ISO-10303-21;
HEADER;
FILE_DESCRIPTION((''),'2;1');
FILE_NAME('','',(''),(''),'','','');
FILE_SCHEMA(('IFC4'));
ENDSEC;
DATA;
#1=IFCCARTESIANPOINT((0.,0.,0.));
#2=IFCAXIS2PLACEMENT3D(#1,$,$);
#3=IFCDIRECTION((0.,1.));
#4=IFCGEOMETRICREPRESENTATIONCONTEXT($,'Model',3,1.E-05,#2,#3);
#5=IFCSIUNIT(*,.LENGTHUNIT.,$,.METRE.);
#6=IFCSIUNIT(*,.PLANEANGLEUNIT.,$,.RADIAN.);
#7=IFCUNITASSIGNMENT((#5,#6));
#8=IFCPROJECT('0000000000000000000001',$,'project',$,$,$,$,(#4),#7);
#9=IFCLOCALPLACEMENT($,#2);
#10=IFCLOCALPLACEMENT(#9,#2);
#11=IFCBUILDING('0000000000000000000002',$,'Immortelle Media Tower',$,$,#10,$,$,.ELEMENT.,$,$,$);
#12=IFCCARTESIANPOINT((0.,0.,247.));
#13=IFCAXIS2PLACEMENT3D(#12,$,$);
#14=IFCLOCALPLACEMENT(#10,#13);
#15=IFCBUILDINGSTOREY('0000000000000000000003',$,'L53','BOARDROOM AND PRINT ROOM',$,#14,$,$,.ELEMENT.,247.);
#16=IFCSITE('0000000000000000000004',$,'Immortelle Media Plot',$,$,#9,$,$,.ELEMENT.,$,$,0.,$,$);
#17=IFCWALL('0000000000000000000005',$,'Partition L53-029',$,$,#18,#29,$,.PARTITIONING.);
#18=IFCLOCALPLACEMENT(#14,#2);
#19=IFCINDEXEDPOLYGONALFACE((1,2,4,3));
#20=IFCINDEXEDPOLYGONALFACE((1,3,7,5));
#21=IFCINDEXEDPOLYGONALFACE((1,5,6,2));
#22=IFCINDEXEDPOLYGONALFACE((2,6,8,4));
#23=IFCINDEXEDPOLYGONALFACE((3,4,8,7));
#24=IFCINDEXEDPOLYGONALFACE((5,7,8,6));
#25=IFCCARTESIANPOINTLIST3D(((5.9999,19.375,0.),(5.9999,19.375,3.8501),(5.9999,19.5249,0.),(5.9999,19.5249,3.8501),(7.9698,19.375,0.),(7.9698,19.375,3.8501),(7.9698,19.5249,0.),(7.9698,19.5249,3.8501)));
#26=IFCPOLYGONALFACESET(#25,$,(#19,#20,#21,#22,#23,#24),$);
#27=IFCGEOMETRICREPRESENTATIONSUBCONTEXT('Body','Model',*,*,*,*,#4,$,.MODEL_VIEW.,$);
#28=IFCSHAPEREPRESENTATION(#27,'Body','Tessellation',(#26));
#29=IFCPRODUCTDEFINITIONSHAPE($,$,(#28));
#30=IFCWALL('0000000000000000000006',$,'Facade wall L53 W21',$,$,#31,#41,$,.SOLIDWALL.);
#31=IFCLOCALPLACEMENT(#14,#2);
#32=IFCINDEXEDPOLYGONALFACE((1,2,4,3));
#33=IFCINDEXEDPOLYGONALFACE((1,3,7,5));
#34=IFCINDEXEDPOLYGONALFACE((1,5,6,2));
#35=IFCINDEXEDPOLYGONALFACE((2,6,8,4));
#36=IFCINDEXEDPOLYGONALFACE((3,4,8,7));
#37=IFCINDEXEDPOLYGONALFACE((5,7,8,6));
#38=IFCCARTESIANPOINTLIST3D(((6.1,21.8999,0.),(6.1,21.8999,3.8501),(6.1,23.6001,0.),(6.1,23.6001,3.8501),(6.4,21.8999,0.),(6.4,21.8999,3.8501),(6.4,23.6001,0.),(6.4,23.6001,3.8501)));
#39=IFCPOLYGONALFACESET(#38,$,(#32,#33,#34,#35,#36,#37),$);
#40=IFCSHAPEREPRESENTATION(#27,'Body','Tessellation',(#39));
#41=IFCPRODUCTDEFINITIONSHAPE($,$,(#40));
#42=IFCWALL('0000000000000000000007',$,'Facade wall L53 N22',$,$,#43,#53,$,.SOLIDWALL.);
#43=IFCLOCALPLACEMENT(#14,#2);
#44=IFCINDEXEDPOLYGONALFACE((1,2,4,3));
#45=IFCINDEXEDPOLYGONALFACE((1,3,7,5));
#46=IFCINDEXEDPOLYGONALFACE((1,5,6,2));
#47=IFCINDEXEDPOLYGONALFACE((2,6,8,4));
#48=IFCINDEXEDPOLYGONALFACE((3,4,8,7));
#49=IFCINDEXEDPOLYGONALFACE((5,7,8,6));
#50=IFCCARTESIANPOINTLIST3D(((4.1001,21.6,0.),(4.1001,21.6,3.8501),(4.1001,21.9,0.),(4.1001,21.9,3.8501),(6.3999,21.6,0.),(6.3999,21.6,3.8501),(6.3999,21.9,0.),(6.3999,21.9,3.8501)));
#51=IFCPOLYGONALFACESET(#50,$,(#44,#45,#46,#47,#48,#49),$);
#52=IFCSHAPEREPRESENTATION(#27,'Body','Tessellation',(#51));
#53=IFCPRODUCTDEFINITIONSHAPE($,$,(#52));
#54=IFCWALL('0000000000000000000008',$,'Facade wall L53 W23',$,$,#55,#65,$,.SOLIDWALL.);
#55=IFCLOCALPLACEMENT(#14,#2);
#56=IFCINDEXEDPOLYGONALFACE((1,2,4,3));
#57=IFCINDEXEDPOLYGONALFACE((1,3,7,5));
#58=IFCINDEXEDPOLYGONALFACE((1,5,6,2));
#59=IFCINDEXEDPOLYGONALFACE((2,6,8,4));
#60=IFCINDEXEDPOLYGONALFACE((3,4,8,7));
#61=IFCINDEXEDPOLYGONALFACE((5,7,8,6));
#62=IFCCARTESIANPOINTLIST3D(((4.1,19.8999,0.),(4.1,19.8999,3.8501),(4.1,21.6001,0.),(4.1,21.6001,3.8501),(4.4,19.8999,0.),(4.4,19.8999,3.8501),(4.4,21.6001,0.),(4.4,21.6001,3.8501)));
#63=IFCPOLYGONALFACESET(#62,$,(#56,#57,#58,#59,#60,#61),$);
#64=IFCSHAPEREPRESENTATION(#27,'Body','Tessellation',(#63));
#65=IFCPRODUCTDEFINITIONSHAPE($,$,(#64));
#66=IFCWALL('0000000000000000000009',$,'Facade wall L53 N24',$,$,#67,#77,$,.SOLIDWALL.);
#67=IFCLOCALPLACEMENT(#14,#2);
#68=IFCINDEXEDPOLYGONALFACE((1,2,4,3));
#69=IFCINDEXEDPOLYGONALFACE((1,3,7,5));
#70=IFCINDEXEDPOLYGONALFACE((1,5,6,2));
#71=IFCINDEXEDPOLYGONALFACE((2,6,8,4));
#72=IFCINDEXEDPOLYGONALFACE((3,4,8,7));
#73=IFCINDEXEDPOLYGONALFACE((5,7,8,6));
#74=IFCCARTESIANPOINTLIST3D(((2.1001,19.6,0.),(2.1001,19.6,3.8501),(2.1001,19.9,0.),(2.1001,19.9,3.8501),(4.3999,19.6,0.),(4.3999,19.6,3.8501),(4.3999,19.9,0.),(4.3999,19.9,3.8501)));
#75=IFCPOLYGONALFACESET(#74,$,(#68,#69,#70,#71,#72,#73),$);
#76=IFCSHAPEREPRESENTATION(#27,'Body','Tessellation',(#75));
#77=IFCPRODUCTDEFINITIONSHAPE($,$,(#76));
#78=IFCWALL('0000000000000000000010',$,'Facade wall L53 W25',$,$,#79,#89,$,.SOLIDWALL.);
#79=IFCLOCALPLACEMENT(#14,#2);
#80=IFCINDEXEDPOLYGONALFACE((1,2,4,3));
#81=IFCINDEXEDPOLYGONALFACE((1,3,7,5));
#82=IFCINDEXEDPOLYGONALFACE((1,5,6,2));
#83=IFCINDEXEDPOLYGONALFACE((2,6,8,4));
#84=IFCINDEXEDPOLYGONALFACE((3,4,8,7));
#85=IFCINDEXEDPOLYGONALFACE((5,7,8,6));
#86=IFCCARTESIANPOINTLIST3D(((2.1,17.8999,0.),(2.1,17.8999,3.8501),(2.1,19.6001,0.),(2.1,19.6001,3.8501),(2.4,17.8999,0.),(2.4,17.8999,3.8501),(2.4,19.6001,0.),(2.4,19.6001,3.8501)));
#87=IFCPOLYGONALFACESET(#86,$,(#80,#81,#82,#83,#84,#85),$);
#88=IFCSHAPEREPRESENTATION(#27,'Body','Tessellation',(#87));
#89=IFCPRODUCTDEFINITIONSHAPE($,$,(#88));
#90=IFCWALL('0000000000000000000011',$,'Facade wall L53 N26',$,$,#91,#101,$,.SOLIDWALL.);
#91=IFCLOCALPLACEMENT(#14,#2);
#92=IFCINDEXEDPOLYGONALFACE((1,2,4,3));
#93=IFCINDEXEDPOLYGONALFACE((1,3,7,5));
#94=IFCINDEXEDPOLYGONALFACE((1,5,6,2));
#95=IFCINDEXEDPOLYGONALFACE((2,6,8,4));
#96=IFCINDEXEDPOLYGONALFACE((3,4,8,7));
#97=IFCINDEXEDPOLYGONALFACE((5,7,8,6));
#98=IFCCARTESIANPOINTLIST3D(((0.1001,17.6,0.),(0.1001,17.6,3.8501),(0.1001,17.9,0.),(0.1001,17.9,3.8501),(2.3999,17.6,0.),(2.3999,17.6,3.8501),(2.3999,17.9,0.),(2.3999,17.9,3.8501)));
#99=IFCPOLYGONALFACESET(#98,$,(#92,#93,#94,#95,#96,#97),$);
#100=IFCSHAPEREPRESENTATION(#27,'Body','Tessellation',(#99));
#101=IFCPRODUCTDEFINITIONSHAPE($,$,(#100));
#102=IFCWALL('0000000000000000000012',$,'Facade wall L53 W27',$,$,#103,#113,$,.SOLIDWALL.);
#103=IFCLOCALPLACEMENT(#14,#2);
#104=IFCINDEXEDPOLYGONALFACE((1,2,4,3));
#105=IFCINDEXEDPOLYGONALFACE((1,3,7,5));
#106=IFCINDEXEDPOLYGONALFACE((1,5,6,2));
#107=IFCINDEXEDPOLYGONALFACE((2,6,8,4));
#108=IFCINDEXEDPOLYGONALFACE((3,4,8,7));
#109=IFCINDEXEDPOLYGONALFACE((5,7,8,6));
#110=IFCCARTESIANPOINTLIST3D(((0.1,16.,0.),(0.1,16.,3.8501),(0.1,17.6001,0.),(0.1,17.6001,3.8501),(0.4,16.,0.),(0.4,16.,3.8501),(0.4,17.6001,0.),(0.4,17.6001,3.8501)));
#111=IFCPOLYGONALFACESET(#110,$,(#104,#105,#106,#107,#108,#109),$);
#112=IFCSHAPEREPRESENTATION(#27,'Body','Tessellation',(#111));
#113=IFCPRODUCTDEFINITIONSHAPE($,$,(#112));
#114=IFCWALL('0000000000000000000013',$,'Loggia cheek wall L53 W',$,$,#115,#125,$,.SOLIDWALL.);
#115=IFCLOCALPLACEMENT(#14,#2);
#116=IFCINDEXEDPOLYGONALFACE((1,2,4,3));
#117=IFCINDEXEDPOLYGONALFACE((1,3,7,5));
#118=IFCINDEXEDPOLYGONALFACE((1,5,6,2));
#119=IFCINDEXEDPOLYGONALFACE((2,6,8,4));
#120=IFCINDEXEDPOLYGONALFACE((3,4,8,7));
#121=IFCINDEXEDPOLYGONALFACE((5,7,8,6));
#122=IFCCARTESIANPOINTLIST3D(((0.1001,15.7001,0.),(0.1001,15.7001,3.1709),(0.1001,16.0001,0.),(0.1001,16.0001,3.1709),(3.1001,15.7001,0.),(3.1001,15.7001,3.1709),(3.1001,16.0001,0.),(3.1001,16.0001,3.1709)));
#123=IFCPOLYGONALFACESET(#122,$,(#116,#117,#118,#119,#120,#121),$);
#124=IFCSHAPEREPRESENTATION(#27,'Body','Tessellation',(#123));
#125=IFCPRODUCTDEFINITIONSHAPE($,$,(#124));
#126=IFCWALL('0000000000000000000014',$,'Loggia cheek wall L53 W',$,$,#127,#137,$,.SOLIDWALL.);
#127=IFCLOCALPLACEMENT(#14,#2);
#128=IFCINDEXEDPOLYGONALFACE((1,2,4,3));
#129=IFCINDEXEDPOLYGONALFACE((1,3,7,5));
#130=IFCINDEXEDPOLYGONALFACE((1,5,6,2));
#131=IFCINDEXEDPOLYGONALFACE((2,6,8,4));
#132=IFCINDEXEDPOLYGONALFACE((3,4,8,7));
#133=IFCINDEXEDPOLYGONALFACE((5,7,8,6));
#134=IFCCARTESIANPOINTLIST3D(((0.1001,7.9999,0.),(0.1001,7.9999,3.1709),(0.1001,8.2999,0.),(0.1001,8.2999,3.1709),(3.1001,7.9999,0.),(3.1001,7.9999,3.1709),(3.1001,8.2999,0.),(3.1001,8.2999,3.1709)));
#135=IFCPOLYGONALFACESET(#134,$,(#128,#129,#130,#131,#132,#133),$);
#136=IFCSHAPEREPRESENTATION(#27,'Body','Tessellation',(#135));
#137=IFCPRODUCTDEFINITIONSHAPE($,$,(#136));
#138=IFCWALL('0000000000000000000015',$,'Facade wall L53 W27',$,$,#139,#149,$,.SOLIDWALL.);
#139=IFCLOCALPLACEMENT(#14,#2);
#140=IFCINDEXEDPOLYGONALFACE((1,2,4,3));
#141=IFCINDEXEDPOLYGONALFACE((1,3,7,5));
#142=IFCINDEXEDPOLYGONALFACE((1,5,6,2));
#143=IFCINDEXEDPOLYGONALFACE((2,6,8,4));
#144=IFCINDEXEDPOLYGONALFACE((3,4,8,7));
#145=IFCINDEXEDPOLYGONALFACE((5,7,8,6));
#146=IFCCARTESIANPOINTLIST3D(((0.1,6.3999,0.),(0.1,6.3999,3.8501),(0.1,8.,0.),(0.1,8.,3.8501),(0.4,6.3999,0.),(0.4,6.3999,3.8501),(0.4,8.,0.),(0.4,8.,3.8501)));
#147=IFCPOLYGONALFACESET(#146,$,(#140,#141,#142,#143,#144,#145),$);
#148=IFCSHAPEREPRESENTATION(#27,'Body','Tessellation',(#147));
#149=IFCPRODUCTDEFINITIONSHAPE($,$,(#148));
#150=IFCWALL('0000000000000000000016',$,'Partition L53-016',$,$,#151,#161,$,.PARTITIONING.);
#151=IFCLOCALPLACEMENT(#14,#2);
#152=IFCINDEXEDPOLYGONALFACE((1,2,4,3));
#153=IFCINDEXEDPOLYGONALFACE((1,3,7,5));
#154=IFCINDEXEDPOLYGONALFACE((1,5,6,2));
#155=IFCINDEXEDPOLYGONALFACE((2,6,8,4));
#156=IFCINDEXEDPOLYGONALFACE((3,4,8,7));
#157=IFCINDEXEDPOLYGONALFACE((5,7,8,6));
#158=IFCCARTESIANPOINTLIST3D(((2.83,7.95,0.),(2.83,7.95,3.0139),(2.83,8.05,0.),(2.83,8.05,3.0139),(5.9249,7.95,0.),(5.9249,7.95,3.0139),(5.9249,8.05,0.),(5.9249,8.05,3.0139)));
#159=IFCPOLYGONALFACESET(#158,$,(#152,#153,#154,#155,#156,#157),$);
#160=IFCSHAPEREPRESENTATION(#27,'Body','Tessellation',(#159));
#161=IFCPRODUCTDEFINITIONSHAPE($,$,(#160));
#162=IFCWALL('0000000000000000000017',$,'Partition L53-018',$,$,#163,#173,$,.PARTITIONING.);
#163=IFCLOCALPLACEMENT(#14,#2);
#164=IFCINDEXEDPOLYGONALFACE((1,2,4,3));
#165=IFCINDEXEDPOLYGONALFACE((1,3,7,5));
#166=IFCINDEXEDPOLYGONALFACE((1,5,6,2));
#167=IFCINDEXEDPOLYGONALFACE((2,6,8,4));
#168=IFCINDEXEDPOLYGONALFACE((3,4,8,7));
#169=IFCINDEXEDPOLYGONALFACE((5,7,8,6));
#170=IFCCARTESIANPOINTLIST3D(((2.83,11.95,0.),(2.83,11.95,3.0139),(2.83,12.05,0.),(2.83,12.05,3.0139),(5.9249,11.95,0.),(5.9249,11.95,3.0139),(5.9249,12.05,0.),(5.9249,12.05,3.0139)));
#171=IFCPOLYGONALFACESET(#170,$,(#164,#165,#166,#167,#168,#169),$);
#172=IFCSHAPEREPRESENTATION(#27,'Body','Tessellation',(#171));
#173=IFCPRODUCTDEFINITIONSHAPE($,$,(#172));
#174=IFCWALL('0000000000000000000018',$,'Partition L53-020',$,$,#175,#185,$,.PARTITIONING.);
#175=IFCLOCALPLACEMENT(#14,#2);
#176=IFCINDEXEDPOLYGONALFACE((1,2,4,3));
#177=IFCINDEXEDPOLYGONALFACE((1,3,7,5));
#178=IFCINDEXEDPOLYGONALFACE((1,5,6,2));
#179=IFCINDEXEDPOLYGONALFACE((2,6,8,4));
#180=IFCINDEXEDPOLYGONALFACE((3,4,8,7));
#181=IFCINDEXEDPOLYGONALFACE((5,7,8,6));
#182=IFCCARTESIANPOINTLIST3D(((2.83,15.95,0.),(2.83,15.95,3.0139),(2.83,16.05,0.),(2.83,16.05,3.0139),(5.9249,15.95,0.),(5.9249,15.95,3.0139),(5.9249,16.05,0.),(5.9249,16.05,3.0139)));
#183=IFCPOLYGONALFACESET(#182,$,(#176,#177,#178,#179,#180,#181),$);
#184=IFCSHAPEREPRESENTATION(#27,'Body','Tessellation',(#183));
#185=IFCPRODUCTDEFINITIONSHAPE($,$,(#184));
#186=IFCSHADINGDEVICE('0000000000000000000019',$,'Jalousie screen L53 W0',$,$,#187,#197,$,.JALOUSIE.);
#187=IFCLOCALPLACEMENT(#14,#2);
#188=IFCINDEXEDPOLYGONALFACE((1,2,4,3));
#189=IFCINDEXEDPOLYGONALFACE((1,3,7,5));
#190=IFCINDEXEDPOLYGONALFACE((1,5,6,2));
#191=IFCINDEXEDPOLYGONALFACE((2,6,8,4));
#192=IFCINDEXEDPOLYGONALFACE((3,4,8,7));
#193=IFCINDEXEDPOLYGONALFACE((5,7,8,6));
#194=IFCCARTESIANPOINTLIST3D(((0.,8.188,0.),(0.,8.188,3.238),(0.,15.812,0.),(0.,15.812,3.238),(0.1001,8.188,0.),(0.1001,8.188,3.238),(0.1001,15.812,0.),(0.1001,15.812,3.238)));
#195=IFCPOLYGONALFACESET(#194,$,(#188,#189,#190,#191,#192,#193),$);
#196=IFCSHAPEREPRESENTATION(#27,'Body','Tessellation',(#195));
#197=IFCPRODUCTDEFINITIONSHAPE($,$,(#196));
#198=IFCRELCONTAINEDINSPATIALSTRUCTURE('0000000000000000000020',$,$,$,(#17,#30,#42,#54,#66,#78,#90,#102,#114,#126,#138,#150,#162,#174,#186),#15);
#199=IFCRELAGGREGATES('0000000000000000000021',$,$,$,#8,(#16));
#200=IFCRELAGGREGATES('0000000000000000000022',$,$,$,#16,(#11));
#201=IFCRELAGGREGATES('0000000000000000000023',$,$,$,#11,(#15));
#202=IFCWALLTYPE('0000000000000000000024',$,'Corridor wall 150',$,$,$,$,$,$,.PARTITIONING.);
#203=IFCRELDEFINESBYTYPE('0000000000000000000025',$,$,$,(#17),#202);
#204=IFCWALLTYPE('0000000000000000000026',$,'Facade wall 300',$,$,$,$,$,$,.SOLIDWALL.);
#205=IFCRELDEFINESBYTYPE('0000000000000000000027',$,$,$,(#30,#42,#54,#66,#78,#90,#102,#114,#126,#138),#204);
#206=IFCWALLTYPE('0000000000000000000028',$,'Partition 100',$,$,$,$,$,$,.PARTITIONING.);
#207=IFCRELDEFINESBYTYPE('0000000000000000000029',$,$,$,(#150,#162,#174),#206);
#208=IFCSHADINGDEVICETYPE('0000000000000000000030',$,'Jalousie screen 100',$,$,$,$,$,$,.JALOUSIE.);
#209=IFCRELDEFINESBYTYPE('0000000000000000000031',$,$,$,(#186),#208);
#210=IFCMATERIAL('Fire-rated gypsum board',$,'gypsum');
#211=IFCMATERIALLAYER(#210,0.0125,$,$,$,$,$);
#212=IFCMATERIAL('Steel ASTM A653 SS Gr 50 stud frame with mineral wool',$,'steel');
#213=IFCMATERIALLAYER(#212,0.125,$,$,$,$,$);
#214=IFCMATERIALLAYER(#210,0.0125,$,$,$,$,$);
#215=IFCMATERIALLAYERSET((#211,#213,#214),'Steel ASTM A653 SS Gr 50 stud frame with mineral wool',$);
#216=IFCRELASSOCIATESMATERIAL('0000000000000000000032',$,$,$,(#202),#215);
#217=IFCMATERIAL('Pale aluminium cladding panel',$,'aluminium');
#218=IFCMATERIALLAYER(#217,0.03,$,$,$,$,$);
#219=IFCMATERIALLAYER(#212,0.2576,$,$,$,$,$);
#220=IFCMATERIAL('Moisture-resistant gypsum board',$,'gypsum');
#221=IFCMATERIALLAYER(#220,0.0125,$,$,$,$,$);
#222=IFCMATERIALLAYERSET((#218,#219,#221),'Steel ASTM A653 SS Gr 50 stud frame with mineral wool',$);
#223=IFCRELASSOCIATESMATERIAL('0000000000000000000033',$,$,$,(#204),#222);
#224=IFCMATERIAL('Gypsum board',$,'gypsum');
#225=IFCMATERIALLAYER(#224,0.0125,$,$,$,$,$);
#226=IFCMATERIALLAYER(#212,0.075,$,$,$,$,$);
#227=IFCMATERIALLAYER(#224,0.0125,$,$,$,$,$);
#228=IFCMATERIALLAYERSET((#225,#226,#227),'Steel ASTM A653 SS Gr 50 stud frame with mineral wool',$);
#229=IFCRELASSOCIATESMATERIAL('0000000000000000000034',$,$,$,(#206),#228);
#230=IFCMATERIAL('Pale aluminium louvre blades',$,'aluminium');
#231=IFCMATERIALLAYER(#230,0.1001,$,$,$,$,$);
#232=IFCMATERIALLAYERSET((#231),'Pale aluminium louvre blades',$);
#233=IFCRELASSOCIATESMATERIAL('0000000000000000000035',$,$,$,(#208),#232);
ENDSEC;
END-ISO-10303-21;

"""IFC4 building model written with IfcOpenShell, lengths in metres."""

from ifc_helpers import new_model, si_unit, direction, frame, frame_2d, origin, origin_2d, place, context, subcontext, project, spatial, rectangle, extrude, material, layer, layer_set, type_object, element, save


model = new_model("IFC4")

# Units and contexts
model_context = context("Model", 3, precision=1e-05, world=origin(), true_north=direction((0.0, 1.0)))
body_context = subcontext(model_context, "Body", "Model", "MODEL_VIEW")
ifc_project = project(units=[si_unit("LENGTHUNIT", "METRE"), si_unit("PLANEANGLEUNIT", "RADIAN")], contexts=[model_context])

# Site, building, storey
site_placement = place(None, origin())
site = spatial("IfcSite", under=ifc_project, at=site_placement, Name="Immortelle Media Plot", CompositionType="ELEMENT", RefElevation=0.0)
building_placement = place(site_placement, origin())
building = spatial("IfcBuilding", under=site, at=building_placement, Name="Immortelle Media Tower", CompositionType="ELEMENT")
storey_placement = place(building_placement, frame((0.0, 0.0, 247.0)))
storey = spatial("IfcBuildingStorey", under=building, at=storey_placement, Name="L53", Description="BOARDROOM AND PRINT ROOM", CompositionType="ELEMENT", Elevation=247.0)

# Walls
ifc_material_1 = material(Name="Fire-rated gypsum board", Category="gypsum")
ifc_layer_1 = layer(ifc_material_1, 0.0125)
ifc_material_2 = material(Name="Steel ASTM A653 SS Gr 50 stud frame with mineral wool", Category="steel")
ifc_layer_2 = layer(ifc_material_2, 0.125)
ifc_layer_3 = layer(ifc_material_1, 0.0125)
ifc_layer_set_1 = layer_set([ifc_layer_1, ifc_layer_2, ifc_layer_3], Name="Steel ASTM A653 SS Gr 50 stud frame with mineral wool")
wall_type_1 = type_object("IfcWallType", Name="Corridor wall 150", PredefinedType="PARTITIONING", material=ifc_layer_set_1)
wall_1_placement = place(storey_placement, frame((6.0, 19.45, 0.0), z_axis=(0.0, 0.0, 1.0), x_axis=(1.0, 0.0, 0.0)))
element("IfcWall", 1, at=wall_1_placement, inside=storey, type_object=wall_type_1, Name="Partition L53-029", PredefinedType="PARTITIONING", context=body_context, shape_type="SweptSolid", body=[
    extrude(rectangle(XDim=1.97, YDim=0.1499, at=frame_2d((0.9849, 0.0))), origin(), (0.0, 0.0, 1.0), 3.8501),
])
ifc_material_3 = material(Name="Pale aluminium cladding panel", Category="aluminium")
ifc_layer_4 = layer(ifc_material_3, 0.03)
ifc_layer_5 = layer(ifc_material_2, 0.2576)
ifc_material_4 = material(Name="Moisture-resistant gypsum board", Category="gypsum")
ifc_layer_6 = layer(ifc_material_4, 0.0125)
ifc_layer_set_2 = layer_set([ifc_layer_4, ifc_layer_5, ifc_layer_6], Name="Steel ASTM A653 SS Gr 50 stud frame with mineral wool")
wall_type_2 = type_object("IfcWallType", Name="Facade wall 300", PredefinedType="SOLIDWALL", material=ifc_layer_set_2)
wall_2_placement = place(storey_placement, frame((6.25, 23.6001, 0.0), z_axis=(0.0, 0.0, 1.0), x_axis=(0.0, -1.0, 0.0)))
element("IfcWall", 2, at=wall_2_placement, inside=storey, type_object=wall_type_2, Name="Facade wall L53 W21", PredefinedType="SOLIDWALL", context=body_context, shape_type="SweptSolid", body=[
    extrude(rectangle(XDim=1.7002, YDim=0.3, at=frame_2d((0.8501, 0.0))), origin(), (0.0, 0.0, 1.0), 3.8501),
])
wall_3_placement = place(storey_placement, frame((6.3999, 21.75, 0.0), z_axis=(0.0, 0.0, 1.0), x_axis=(-1.0, 0.0, 0.0)))
element("IfcWall", 3, at=wall_3_placement, inside=storey, type_object=wall_type_2, Name="Facade wall L53 N22", PredefinedType="SOLIDWALL", context=body_context, shape_type="SweptSolid", body=[
    extrude(rectangle(XDim=2.2998, YDim=0.3, at=frame_2d((1.1499, 0.0))), origin(), (0.0, 0.0, 1.0), 3.8501),
])
wall_4_placement = place(storey_placement, frame((4.25, 21.6001, 0.0), z_axis=(0.0, 0.0, 1.0), x_axis=(0.0, -1.0, 0.0)))
element("IfcWall", 4, at=wall_4_placement, inside=storey, type_object=wall_type_2, Name="Facade wall L53 W23", PredefinedType="SOLIDWALL", context=body_context, shape_type="SweptSolid", body=[
    extrude(rectangle(XDim=1.7002, YDim=0.3, at=frame_2d((0.8501, 0.0))), origin(), (0.0, 0.0, 1.0), 3.8501),
])
wall_5_placement = place(storey_placement, frame((4.3999, 19.75, 0.0), z_axis=(0.0, 0.0, 1.0), x_axis=(-1.0, 0.0, 0.0)))
element("IfcWall", 5, at=wall_5_placement, inside=storey, type_object=wall_type_2, Name="Facade wall L53 N24", PredefinedType="SOLIDWALL", context=body_context, shape_type="SweptSolid", body=[
    extrude(rectangle(XDim=2.2998, YDim=0.3, at=frame_2d((1.1499, 0.0))), origin(), (0.0, 0.0, 1.0), 3.8501),
])
wall_6_placement = place(storey_placement, frame((2.25, 19.6001, 0.0), z_axis=(0.0, 0.0, 1.0), x_axis=(0.0, -1.0, 0.0)))
element("IfcWall", 6, at=wall_6_placement, inside=storey, type_object=wall_type_2, Name="Facade wall L53 W25", PredefinedType="SOLIDWALL", context=body_context, shape_type="SweptSolid", body=[
    extrude(rectangle(XDim=1.7002, YDim=0.3, at=frame_2d((0.8501, 0.0))), origin(), (0.0, 0.0, 1.0), 3.8501),
])
wall_7_placement = place(storey_placement, frame((2.3999, 17.75, 0.0), z_axis=(0.0, 0.0, 1.0), x_axis=(-1.0, 0.0, 0.0)))
element("IfcWall", 7, at=wall_7_placement, inside=storey, type_object=wall_type_2, Name="Facade wall L53 N26", PredefinedType="SOLIDWALL", context=body_context, shape_type="SweptSolid", body=[
    extrude(rectangle(XDim=2.2998, YDim=0.3, at=frame_2d((1.1499, 0.0))), origin(), (0.0, 0.0, 1.0), 3.8501),
])
wall_8_placement = place(storey_placement, frame((0.25, 17.6001, 0.0), z_axis=(0.0, 0.0, 1.0), x_axis=(0.0, -1.0, 0.0)))
element("IfcWall", 8, at=wall_8_placement, inside=storey, type_object=wall_type_2, Name="Facade wall L53 W27", PredefinedType="SOLIDWALL", context=body_context, shape_type="SweptSolid", body=[
    extrude(rectangle(XDim=1.6001, YDim=0.3, at=frame_2d((0.8, 0.0))), origin(), (0.0, 0.0, 1.0), 3.8501),
])

# Walls
for number, where, z_axis, x_axis, name in (
    (9, (0.1001, 15.8501, 0.0), (0.0, 0.0, 1.0), (1.0, 0.0, 0.0), "Loggia cheek wall L53 W"),
    (10, (0.1001, 8.1499, 0.0), (0.0, 0.0, 1.0), (1.0, 0.0, 0.0), "Loggia cheek wall L53 W"),
):
    element("IfcWall", number, at=place(storey_placement, frame(where, z_axis=z_axis, x_axis=x_axis)), inside=storey, type_object=wall_type_2, Name=name, PredefinedType="SOLIDWALL", context=body_context, shape_type="SweptSolid", body=[
        extrude(rectangle(XDim=3.0, YDim=0.3, at=frame_2d((1.5, 0.0))), origin(), (0.0, 0.0, 1.0), 3.1709),
    ])
wall_9_placement = place(storey_placement, frame((0.25, 8.0, 0.0), z_axis=(0.0, 0.0, 1.0), x_axis=(0.0, -1.0, 0.0)))
element("IfcWall", 11, at=wall_9_placement, inside=storey, type_object=wall_type_2, Name="Facade wall L53 W27", PredefinedType="SOLIDWALL", context=body_context, shape_type="SweptSolid", body=[
    extrude(rectangle(XDim=1.6001, YDim=0.3, at=frame_2d((0.8, 0.0))), origin(), (0.0, 0.0, 1.0), 3.8501),
])
ifc_material_5 = material(Name="Gypsum board", Category="gypsum")
ifc_layer_7 = layer(ifc_material_5, 0.0125)
ifc_layer_8 = layer(ifc_material_2, 0.075)
ifc_layer_9 = layer(ifc_material_5, 0.0125)
ifc_layer_set_3 = layer_set([ifc_layer_7, ifc_layer_8, ifc_layer_9], Name="Steel ASTM A653 SS Gr 50 stud frame with mineral wool")
wall_type_3 = type_object("IfcWallType", Name="Partition 100", PredefinedType="PARTITIONING", material=ifc_layer_set_3)
for number, where, z_axis, x_axis, name in (
    (12, (2.8301, 8.0, 0.0), (0.0, 0.0, 1.0), (1.0, 0.0, 0.0), "Partition L53-016"),
    (13, (2.8301, 12.0, 0.0), (0.0, 0.0, 1.0), (1.0, 0.0, 0.0), "Partition L53-018"),
    (14, (2.8301, 16.0, 0.0), (0.0, 0.0, 1.0), (1.0, 0.0, 0.0), "Partition L53-020"),
):
    element("IfcWall", number, at=place(storey_placement, frame(where, z_axis=z_axis, x_axis=x_axis)), inside=storey, type_object=wall_type_3, Name=name, PredefinedType="PARTITIONING", context=body_context, shape_type="SweptSolid", body=[
        extrude(rectangle(XDim=3.095, YDim=0.1001, at=frame_2d((1.5474, 0.0))), origin(), (0.0, 0.0, 1.0), 3.0139),
    ])

# Shading device
ifc_material_6 = material(Name="Pale aluminium louvre blades", Category="aluminium")
ifc_layer_10 = layer(ifc_material_6, 0.1001)
ifc_layer_set_4 = layer_set([ifc_layer_10], Name="Pale aluminium louvre blades")
shading_device_type_1 = type_object("IfcShadingDeviceType", Name="Jalousie screen 100", PredefinedType="JALOUSIE", material=ifc_layer_set_4)
shading_device_1_placement = place(storey_placement, frame((0.05, 12.0, 0.0), z_axis=(0.0, 0.0, 1.0), x_axis=(0.0, -1.0, 0.0)))
element("IfcShadingDevice", 15, at=shading_device_1_placement, inside=storey, type_object=shading_device_type_1, Name="Jalousie screen L53 W0", PredefinedType="JALOUSIE", context=body_context, shape_type="SweptSolid", body=[
    extrude(rectangle(XDim=7.624, YDim=0.1001, at=origin_2d()), origin(), (0.0, 0.0, 1.0), 3.238),
])

save(model, "model.ifc")
